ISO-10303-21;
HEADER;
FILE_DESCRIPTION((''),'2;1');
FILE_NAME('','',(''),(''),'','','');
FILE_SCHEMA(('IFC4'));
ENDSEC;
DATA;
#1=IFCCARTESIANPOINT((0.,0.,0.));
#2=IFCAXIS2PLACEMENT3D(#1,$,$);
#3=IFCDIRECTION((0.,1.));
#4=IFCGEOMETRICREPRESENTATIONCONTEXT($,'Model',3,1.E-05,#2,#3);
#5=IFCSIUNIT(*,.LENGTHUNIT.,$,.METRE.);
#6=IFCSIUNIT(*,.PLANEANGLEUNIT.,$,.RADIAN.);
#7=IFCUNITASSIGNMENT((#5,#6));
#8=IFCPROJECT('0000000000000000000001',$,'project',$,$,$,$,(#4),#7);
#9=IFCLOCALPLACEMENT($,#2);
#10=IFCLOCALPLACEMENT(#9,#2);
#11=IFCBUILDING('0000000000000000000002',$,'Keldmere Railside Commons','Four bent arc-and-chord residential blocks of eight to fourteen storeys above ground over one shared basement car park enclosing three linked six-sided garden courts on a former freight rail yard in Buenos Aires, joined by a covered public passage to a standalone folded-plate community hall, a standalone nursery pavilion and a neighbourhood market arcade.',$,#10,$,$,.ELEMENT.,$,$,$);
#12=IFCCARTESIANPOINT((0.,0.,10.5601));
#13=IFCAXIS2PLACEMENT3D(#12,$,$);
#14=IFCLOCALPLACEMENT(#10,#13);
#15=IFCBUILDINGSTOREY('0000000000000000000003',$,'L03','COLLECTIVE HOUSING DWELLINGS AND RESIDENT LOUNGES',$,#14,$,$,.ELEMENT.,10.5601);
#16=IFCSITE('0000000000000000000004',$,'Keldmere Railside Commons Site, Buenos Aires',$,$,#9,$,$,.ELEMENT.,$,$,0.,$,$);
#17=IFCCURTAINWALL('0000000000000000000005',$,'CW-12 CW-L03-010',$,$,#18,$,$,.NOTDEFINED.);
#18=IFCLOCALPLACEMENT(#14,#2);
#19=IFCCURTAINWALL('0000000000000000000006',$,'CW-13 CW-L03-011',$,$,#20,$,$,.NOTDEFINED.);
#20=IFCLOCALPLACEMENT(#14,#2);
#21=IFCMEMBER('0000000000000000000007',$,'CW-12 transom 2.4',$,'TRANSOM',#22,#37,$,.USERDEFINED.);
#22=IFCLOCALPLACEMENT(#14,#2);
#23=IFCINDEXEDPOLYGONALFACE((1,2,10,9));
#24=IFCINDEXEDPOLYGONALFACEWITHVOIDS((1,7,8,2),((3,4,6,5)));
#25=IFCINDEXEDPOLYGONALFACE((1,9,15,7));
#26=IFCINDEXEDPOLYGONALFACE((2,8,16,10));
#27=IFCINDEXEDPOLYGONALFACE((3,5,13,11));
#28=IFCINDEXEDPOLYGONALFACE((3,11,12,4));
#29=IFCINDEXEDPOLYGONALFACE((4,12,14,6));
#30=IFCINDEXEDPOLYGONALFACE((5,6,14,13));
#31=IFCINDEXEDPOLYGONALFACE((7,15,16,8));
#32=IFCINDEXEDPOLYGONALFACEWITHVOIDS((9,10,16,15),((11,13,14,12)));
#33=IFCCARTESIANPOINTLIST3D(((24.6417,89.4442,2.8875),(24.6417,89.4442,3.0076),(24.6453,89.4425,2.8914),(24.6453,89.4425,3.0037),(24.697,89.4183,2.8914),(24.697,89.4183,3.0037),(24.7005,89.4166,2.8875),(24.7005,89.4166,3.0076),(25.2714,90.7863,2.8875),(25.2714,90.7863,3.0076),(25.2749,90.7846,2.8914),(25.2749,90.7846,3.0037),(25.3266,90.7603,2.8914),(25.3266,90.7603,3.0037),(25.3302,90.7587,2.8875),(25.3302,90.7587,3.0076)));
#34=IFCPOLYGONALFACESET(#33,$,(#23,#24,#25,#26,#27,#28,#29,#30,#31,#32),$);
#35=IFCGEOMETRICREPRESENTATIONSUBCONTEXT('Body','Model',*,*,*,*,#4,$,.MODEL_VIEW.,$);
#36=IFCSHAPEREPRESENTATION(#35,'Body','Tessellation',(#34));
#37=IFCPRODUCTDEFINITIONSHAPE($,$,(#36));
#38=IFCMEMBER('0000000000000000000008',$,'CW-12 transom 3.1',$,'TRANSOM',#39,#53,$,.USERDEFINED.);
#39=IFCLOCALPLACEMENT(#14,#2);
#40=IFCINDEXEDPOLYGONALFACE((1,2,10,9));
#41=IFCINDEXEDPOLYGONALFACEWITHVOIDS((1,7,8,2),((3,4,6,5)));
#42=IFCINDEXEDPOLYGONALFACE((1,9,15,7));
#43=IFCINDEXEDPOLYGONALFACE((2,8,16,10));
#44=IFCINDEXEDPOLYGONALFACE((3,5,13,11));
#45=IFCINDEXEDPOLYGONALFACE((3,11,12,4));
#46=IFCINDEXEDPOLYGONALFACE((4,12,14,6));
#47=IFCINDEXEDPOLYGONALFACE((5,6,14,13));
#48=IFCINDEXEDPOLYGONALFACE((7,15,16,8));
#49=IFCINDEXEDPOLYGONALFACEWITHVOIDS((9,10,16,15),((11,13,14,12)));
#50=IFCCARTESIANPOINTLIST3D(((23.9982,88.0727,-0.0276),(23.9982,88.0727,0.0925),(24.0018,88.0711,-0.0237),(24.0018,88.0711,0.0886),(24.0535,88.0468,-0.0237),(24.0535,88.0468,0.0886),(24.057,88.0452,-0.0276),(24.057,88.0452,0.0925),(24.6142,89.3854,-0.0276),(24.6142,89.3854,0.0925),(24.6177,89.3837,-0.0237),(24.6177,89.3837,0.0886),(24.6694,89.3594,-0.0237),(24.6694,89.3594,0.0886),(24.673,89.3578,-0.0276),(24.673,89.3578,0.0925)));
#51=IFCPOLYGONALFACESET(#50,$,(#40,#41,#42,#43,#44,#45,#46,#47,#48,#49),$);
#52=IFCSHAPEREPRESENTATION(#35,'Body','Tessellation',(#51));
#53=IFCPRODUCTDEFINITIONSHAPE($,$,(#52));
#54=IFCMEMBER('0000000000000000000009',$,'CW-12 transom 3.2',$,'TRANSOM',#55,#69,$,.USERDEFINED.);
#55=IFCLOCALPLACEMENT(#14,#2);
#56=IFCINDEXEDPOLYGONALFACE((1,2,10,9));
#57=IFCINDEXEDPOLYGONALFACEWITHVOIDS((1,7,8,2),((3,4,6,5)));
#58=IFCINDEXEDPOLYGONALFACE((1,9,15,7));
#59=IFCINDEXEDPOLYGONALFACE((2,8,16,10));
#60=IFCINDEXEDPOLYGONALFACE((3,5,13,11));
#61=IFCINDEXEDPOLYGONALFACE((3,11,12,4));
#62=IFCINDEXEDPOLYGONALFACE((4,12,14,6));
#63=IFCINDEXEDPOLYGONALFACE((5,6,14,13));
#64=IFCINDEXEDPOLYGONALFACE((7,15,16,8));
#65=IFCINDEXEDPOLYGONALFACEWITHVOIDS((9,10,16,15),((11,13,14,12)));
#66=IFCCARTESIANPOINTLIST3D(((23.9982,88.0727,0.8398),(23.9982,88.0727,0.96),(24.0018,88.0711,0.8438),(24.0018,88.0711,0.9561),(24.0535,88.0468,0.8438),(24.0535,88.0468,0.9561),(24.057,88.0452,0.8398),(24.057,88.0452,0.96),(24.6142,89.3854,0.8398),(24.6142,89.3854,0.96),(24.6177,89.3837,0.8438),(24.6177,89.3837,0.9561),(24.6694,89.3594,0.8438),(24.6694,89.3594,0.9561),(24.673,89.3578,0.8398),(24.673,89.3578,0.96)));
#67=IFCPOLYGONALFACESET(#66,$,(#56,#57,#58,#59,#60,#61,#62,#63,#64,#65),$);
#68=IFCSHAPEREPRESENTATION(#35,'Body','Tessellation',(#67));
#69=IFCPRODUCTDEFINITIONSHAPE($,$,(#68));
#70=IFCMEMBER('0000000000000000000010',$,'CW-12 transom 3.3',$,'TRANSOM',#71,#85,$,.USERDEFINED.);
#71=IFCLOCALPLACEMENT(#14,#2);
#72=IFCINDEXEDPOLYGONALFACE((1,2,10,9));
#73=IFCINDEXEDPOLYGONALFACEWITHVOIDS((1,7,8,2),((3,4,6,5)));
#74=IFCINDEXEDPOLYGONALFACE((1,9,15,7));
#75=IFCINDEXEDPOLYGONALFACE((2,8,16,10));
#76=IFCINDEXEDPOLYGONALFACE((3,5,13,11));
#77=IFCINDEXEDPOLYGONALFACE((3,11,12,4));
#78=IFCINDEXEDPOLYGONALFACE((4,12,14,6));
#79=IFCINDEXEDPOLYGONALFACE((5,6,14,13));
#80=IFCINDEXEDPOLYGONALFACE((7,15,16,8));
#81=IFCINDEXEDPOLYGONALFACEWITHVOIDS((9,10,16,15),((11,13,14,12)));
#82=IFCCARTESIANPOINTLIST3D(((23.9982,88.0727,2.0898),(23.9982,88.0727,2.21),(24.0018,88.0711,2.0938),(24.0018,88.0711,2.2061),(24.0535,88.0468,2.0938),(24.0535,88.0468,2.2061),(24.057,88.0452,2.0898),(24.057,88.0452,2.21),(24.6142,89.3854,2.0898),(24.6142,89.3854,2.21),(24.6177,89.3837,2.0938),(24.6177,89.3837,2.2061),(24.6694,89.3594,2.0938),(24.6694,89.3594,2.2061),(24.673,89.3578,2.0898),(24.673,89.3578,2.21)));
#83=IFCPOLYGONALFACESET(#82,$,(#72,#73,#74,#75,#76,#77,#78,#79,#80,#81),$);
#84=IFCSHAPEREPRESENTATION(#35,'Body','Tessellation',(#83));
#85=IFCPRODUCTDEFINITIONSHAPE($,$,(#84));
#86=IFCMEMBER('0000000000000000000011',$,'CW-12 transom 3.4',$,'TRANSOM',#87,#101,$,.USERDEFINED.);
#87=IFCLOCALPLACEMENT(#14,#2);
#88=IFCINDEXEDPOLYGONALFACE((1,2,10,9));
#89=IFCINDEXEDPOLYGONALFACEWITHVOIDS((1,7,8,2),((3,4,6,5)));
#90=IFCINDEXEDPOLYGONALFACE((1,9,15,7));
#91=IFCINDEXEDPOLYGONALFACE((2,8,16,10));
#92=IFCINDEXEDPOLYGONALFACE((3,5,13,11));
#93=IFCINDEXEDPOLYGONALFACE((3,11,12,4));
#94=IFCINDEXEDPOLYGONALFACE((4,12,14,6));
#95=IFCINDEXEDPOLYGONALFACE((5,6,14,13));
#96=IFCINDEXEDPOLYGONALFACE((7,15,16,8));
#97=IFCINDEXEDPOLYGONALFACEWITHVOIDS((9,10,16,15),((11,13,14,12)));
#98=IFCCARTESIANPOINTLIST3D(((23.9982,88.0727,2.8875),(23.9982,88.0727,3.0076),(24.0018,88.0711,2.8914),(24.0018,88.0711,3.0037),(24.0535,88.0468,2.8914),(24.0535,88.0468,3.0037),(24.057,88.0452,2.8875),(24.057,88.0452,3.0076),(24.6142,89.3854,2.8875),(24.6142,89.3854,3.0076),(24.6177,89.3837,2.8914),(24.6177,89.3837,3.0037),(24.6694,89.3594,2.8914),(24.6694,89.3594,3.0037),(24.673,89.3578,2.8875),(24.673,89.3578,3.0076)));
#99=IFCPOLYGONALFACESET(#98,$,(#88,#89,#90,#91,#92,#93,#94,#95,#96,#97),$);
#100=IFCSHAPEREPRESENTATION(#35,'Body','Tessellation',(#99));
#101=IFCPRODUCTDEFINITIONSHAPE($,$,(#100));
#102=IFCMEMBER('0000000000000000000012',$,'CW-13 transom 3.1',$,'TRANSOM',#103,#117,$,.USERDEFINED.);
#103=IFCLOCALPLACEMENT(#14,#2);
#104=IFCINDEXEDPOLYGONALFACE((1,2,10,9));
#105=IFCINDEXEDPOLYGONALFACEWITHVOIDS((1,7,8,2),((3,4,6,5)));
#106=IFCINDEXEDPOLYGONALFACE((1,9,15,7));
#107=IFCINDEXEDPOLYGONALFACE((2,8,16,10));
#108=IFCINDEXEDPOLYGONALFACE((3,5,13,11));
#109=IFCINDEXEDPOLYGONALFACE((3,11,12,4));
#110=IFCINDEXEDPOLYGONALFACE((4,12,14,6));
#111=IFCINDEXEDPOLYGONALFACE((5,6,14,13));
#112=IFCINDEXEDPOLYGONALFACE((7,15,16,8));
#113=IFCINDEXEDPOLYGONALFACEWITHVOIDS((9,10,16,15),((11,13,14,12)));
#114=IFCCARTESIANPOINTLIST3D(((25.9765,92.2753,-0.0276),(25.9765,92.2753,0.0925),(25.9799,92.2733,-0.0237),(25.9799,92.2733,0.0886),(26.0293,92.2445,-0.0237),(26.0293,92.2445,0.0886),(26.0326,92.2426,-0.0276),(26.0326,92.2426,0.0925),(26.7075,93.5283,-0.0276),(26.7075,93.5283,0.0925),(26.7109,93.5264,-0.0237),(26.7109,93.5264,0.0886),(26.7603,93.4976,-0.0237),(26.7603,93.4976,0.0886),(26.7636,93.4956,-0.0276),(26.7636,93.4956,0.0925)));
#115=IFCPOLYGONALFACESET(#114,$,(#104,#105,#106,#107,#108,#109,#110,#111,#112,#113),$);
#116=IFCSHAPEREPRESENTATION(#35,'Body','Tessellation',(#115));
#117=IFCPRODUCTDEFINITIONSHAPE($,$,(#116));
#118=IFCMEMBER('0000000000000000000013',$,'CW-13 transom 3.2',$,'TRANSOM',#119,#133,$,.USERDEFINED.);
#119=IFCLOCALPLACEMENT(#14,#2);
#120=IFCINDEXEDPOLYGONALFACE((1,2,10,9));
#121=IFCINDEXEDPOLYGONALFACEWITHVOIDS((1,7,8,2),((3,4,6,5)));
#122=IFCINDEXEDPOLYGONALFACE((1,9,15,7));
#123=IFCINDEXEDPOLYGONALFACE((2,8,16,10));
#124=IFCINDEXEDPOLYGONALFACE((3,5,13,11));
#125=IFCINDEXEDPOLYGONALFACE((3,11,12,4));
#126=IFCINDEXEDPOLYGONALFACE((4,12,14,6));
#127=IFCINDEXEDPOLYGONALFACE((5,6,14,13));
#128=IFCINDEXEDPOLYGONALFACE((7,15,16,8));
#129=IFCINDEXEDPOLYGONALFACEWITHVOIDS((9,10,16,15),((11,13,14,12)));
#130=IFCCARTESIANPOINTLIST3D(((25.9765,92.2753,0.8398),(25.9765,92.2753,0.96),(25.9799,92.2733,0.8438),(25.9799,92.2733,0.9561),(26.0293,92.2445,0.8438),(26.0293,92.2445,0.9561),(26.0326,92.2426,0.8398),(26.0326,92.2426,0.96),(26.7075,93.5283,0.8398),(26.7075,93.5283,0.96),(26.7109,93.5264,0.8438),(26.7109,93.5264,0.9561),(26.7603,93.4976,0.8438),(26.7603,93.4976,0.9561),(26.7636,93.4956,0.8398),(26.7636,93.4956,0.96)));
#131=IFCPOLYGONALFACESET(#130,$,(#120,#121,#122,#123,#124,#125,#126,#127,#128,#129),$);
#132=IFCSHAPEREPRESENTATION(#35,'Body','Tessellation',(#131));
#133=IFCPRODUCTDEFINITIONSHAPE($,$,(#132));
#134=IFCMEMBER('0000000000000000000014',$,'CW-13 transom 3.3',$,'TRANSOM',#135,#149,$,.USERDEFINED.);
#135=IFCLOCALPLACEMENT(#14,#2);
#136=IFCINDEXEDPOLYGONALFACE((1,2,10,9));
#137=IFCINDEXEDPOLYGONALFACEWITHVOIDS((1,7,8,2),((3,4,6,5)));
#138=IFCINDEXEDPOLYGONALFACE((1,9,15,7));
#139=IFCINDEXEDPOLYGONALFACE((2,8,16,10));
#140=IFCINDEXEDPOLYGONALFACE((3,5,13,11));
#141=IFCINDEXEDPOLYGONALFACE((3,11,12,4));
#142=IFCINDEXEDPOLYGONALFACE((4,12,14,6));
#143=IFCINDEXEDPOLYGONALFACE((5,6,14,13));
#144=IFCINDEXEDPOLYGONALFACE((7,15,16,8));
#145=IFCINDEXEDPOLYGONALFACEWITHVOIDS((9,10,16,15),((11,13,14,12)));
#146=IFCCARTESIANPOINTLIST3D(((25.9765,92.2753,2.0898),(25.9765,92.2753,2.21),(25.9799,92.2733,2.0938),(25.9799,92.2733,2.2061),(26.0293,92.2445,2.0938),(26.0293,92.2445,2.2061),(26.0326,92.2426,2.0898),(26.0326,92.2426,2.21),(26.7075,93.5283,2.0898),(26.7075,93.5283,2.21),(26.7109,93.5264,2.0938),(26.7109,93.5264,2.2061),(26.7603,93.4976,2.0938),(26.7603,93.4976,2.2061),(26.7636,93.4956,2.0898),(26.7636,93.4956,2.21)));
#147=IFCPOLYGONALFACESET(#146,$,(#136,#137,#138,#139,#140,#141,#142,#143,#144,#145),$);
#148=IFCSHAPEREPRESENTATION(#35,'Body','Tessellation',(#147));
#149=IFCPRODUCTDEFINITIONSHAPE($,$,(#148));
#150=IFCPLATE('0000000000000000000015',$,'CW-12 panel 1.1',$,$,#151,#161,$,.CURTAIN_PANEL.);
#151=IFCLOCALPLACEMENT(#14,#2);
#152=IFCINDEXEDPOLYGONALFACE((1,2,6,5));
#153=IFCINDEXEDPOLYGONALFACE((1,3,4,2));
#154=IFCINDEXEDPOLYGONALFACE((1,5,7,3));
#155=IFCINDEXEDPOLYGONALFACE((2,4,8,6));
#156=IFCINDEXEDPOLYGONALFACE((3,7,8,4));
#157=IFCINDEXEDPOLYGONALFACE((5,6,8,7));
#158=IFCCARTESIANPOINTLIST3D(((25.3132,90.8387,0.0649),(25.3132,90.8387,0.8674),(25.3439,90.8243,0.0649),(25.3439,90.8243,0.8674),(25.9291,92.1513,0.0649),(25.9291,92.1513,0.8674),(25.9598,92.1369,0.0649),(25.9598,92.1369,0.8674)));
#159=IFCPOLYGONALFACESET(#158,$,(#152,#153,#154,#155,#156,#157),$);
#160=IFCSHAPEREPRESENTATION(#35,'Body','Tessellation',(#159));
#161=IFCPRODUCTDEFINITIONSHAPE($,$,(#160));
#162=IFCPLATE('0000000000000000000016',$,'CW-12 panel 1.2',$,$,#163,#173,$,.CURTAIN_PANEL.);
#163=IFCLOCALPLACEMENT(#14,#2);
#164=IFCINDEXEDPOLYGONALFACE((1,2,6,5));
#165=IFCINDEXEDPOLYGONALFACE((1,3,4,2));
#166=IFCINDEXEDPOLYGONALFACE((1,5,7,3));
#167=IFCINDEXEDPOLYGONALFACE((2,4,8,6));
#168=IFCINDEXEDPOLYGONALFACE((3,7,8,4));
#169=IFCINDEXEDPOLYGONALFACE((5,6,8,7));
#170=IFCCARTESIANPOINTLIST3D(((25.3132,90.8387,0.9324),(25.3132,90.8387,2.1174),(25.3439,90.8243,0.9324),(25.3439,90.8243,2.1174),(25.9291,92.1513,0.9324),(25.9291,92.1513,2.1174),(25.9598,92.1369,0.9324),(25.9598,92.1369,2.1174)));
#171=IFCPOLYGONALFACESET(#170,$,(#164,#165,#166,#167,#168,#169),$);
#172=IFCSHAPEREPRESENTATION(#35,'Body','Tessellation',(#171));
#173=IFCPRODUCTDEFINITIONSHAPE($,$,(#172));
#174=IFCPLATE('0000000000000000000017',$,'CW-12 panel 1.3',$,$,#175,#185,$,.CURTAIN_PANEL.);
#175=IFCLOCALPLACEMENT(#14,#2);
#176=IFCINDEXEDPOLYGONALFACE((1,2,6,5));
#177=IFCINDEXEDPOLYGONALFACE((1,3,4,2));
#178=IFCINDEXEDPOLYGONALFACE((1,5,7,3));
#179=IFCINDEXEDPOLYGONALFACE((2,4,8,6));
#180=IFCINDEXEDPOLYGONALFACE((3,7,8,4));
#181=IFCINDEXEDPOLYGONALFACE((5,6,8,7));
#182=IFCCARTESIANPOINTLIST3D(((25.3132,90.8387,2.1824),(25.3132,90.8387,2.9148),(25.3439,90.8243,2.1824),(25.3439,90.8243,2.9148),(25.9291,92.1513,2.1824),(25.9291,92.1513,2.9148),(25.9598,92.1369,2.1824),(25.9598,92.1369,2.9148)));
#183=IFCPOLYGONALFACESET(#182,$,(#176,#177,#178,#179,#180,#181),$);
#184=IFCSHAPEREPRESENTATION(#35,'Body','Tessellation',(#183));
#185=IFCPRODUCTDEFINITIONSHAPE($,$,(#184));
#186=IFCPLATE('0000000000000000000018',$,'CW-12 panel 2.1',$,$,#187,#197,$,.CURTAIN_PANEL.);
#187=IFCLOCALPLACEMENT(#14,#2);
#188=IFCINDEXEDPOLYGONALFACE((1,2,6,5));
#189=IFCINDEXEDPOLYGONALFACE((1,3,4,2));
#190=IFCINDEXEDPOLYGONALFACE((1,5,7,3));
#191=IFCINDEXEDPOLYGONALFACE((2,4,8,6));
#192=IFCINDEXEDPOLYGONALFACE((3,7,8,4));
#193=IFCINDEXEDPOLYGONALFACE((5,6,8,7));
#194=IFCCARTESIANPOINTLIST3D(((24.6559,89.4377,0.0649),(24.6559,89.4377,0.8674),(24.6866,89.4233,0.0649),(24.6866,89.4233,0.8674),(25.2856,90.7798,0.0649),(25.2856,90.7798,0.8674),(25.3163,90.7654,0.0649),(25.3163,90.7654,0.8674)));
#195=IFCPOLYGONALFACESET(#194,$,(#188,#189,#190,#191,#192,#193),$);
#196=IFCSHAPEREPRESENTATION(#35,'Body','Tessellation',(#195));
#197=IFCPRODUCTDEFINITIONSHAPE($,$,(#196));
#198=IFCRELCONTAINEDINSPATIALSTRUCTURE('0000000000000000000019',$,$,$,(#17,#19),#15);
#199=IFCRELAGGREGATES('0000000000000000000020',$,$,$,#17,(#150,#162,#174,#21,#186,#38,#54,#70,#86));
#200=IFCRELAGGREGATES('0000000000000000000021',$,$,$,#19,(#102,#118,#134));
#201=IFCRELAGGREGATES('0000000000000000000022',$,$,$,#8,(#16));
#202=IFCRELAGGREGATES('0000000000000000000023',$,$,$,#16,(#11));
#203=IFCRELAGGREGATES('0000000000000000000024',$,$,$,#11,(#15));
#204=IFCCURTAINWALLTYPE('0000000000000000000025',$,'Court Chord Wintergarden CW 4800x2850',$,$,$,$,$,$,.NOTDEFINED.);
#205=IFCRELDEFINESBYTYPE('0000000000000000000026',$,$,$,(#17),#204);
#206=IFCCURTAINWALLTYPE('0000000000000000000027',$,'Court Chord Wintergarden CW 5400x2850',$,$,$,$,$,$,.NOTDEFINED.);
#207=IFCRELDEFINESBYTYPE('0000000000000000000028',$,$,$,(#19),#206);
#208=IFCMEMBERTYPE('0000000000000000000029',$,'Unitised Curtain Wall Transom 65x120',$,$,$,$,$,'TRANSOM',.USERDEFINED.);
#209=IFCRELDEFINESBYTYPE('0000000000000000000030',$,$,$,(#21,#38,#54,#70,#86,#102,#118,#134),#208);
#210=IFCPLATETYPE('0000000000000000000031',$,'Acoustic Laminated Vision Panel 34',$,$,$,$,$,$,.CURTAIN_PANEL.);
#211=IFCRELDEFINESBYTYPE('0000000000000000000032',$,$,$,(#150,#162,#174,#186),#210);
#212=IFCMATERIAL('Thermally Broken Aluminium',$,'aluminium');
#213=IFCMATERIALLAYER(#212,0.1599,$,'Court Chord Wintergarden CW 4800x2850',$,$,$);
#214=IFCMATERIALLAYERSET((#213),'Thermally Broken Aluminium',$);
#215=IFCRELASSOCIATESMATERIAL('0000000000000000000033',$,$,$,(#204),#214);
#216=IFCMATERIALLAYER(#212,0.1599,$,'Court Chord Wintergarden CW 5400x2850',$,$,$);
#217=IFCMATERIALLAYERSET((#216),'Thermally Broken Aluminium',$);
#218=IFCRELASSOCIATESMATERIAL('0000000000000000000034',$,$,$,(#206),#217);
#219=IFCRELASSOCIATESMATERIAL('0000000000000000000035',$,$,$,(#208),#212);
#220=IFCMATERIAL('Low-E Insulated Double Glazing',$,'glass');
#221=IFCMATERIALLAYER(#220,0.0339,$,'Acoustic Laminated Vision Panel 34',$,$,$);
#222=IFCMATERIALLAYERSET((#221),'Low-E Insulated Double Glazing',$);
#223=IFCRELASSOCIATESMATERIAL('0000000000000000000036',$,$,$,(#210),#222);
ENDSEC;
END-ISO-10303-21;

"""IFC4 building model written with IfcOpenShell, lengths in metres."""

from ifc_helpers import new_model, si_unit, direction, frame, origin, origin_2d, place, context, subcontext, project, spatial, rectangle, hollow_rectangle, extrude, material, layer, layer_set, material_profile, profile_set, type_object, element, aggregate, save


model = new_model("IFC4")

# Units and contexts
model_context = context("Model", 3, precision=1e-05, world=origin(), true_north=direction((0.0, 1.0)))
body_context = subcontext(model_context, "Body", "Model", "MODEL_VIEW")
ifc_project = project(units=[si_unit("LENGTHUNIT", "METRE"), si_unit("PLANEANGLEUNIT", "RADIAN")], contexts=[model_context])

# Site, building, storey
site_placement = place(None, origin())
site = spatial("IfcSite", under=ifc_project, at=site_placement, Name="Keldmere Railside Commons Site, Buenos Aires", CompositionType="ELEMENT", RefElevation=0.0)
building_placement = place(site_placement, origin())
building = spatial("IfcBuilding", under=site, at=building_placement, Name="Keldmere Railside Commons", Description="Four bent arc-and-chord residential blocks of eight to fourteen storeys above ground over one shared basement car park enclosing three linked six-sided garden courts on a former freight rail yard in Buenos Aires, joined by a covered public passage to a standalone folded-plate community hall, a standalone nursery pavilion and a neighbourhood market arcade.", CompositionType="ELEMENT")
storey_placement = place(building_placement, frame((0.0, 0.0, 10.5601)))
storey = spatial("IfcBuildingStorey", under=building, at=storey_placement, Name="L03", Description="COLLECTIVE HOUSING DWELLINGS AND RESIDENT LOUNGES", CompositionType="ELEMENT", Elevation=10.5601)

# Curtain wall
ifc_material_1 = material(Name="Thermally Broken Aluminium", Category="aluminium")
ifc_layer_1 = layer(ifc_material_1, 0.1599, Name="Court Chord Wintergarden CW 4800x2850")
ifc_layer_set_1 = layer_set([ifc_layer_1], Name="Thermally Broken Aluminium")
curtain_wall_type_1 = type_object("IfcCurtainWallType", Name="Court Chord Wintergarden CW 4800x2850", PredefinedType="NOTDEFINED", material=ifc_layer_set_1)
curtain_wall_1_placement = place(storey_placement, origin())
curtain_wall_1 = element("IfcCurtainWall", 1, at=curtain_wall_1_placement, inside=storey, type_object=curtain_wall_type_1, Name="CW-12 CW-L03-010", PredefinedType="NOTDEFINED")

# Curtain wall
ifc_layer_2 = layer(ifc_material_1, 0.1599, Name="Court Chord Wintergarden CW 5400x2850")
ifc_layer_set_2 = layer_set([ifc_layer_2], Name="Thermally Broken Aluminium")
curtain_wall_type_2 = type_object("IfcCurtainWallType", Name="Court Chord Wintergarden CW 5400x2850", PredefinedType="NOTDEFINED", material=ifc_layer_set_2)
curtain_wall_2_placement = place(storey_placement, origin())
curtain_wall_2 = element("IfcCurtainWall", 2, at=curtain_wall_2_placement, inside=storey, type_object=curtain_wall_type_2, Name="CW-13 CW-L03-011", PredefinedType="NOTDEFINED")

# Members
ifc_material_profile_1 = material_profile(ifc_material_1, hollow_rectangle(XDim=0.0649, YDim=0.1201, WallThickness=0.0039, at=origin_2d()), Name="ALU-TRAN-65x120")
ifc_profile_set_1 = profile_set([ifc_material_profile_1], Name="Thermally Broken Aluminium")
member_type_1 = type_object("IfcMemberType", Name="Unitised Curtain Wall Transom 65x120", ElementType="TRANSOM", PredefinedType="USERDEFINED", material=ifc_profile_set_1)
member_1_placement = place(storey_placement, frame((25.3008, 90.7725, 2.9475), z_axis=(-0.424742, -0.905314, 0.0), x_axis=(0.905314, -0.424742, 0.0)))
member_1 = element("IfcMember", 3, at=member_1_placement, type_object=member_type_1, Name="CW-12 transom 2.4", ObjectType="TRANSOM", PredefinedType="USERDEFINED", context=body_context, shape_type="SweptSolid", body=[
    extrude(hollow_rectangle(XDim=0.0649, YDim=0.1201, WallThickness=0.0039, at=origin_2d()), origin(), (0.0, 0.0, 1.0), 1.4824),
])
member_2_placement = place(storey_placement, frame((24.6436, 89.3716, 0.0325), z_axis=(-0.424783, -0.905295, 0.0), x_axis=(0.905295, -0.424783, 0.0)))
member_2 = element("IfcMember", 4, at=member_2_placement, type_object=member_type_1, Name="CW-12 transom 3.1", ObjectType="TRANSOM", PredefinedType="USERDEFINED", context=body_context, shape_type="SweptSolid", body=[
    extrude(hollow_rectangle(XDim=0.0649, YDim=0.1201, WallThickness=0.0039, at=origin_2d()), origin(), (0.0, 0.0, 1.0), 1.45),
])
member_3_placement = place(storey_placement, frame((24.6436, 89.3716, 0.8999), z_axis=(-0.424783, -0.905295, 0.0), x_axis=(0.905295, -0.424783, 0.0)))
member_3 = element("IfcMember", 5, at=member_3_placement, type_object=member_type_1, Name="CW-12 transom 3.2", ObjectType="TRANSOM", PredefinedType="USERDEFINED", context=body_context, shape_type="SweptSolid", body=[
    extrude(hollow_rectangle(XDim=0.0649, YDim=0.1201, WallThickness=0.0039, at=origin_2d()), origin(), (0.0, 0.0, 1.0), 1.45),
])
member_4_placement = place(storey_placement, frame((24.6436, 89.3716, 2.1499), z_axis=(-0.424783, -0.905295, 0.0), x_axis=(0.905295, -0.424783, 0.0)))
member_4 = element("IfcMember", 6, at=member_4_placement, type_object=member_type_1, Name="CW-12 transom 3.3", ObjectType="TRANSOM", PredefinedType="USERDEFINED", context=body_context, shape_type="SweptSolid", body=[
    extrude(hollow_rectangle(XDim=0.0649, YDim=0.1201, WallThickness=0.0039, at=origin_2d()), origin(), (0.0, 0.0, 1.0), 1.45),
])
member_5_placement = place(storey_placement, frame((24.6436, 89.3716, 2.9475), z_axis=(-0.424783, -0.905295, 0.0), x_axis=(0.905295, -0.424783, 0.0)))
member_5 = element("IfcMember", 7, at=member_5_placement, type_object=member_type_1, Name="CW-12 transom 3.4", ObjectType="TRANSOM", PredefinedType="USERDEFINED", context=body_context, shape_type="SweptSolid", body=[
    extrude(hollow_rectangle(XDim=0.0649, YDim=0.1201, WallThickness=0.0039, at=origin_2d()), origin(), (0.0, 0.0, 1.0), 1.45),
])
member_6_placement = place(storey_placement, frame((26.7356, 93.512, 0.0325), z_axis=(-0.503913, -0.863754, 0.0), x_axis=(0.863754, -0.503913, 0.0)))
member_6 = element("IfcMember", 8, at=member_6_placement, type_object=member_type_1, Name="CW-13 transom 3.1", ObjectType="TRANSOM", PredefinedType="USERDEFINED", context=body_context, shape_type="SweptSolid", body=[
    extrude(hollow_rectangle(XDim=0.0649, YDim=0.1201, WallThickness=0.0039, at=origin_2d()), origin(), (0.0, 0.0, 1.0), 1.4507),
])
member_7_placement = place(storey_placement, frame((26.7356, 93.512, 0.8999), z_axis=(-0.503913, -0.863754, 0.0), x_axis=(0.863754, -0.503913, 0.0)))
member_7 = element("IfcMember", 9, at=member_7_placement, type_object=member_type_1, Name="CW-13 transom 3.2", ObjectType="TRANSOM", PredefinedType="USERDEFINED", context=body_context, shape_type="SweptSolid", body=[
    extrude(hollow_rectangle(XDim=0.0649, YDim=0.1201, WallThickness=0.0039, at=origin_2d()), origin(), (0.0, 0.0, 1.0), 1.4507),
])
member_8_placement = place(storey_placement, frame((26.7356, 93.512, 2.1499), z_axis=(-0.503913, -0.863754, 0.0), x_axis=(0.863754, -0.503913, 0.0)))
member_8 = element("IfcMember", 10, at=member_8_placement, type_object=member_type_1, Name="CW-13 transom 3.3", ObjectType="TRANSOM", PredefinedType="USERDEFINED", context=body_context, shape_type="SweptSolid", body=[
    extrude(hollow_rectangle(XDim=0.0649, YDim=0.1201, WallThickness=0.0039, at=origin_2d()), origin(), (0.0, 0.0, 1.0), 1.4507),
])

# Plates
ifc_material_2 = material(Name="Low-E Insulated Double Glazing", Category="glass")
ifc_layer_3 = layer(ifc_material_2, 0.0339, Name="Acoustic Laminated Vision Panel 34")
ifc_layer_set_3 = layer_set([ifc_layer_3], Name="Low-E Insulated Double Glazing")
plate_type_1 = type_object("IfcPlateType", Name="Acoustic Laminated Vision Panel 34", PredefinedType="CURTAIN_PANEL", material=ifc_layer_set_3)
plate_1_placement = place(storey_placement, frame((25.6365, 91.4878, 0.0649), z_axis=(0.0, 0.0, 1.0), x_axis=(-0.424759, -0.905306, 0.0)))
plate_1 = element("IfcPlate", 11, at=plate_1_placement, type_object=plate_type_1, Name="CW-12 panel 1.1", PredefinedType="CURTAIN_PANEL", context=body_context, shape_type="SweptSolid", body=[
    extrude(rectangle(XDim=1.45, YDim=0.0339, at=origin_2d()), origin(), (0.0, 0.0, 1.0), 0.8025),
])
plate_2_placement = place(storey_placement, frame((25.6365, 91.4878, 0.9324), z_axis=(0.0, 0.0, 1.0), x_axis=(-0.424759, -0.905306, 0.0)))
plate_2 = element("IfcPlate", 12, at=plate_2_placement, type_object=plate_type_1, Name="CW-12 panel 1.2", PredefinedType="CURTAIN_PANEL", context=body_context, shape_type="SweptSolid", body=[
    extrude(rectangle(XDim=1.45, YDim=0.0339, at=origin_2d()), origin(), (0.0, 0.0, 1.0), 1.1851),
])
plate_3_placement = place(storey_placement, frame((25.6365, 91.4878, 2.1824), z_axis=(0.0, 0.0, 1.0), x_axis=(-0.424759, -0.905306, 0.0)))
plate_3 = element("IfcPlate", 13, at=plate_3_placement, type_object=plate_type_1, Name="CW-12 panel 1.3", PredefinedType="CURTAIN_PANEL", context=body_context, shape_type="SweptSolid", body=[
    extrude(rectangle(XDim=1.45, YDim=0.0339, at=origin_2d()), origin(), (0.0, 0.0, 1.0), 0.7324),
])
plate_4_placement = place(storey_placement, frame((24.9861, 90.1016, 0.0649), z_axis=(0.0, 0.0, 1.0), x_axis=(-0.424759, -0.905306, 0.0)))
plate_4 = element("IfcPlate", 14, at=plate_4_placement, type_object=plate_type_1, Name="CW-12 panel 2.1", PredefinedType="CURTAIN_PANEL", context=body_context, shape_type="SweptSolid", body=[
    extrude(rectangle(XDim=1.4824, YDim=0.0339, at=origin_2d()), origin(), (0.0, 0.0, 1.0), 0.8025),
])
aggregate(curtain_wall_1, [plate_1, plate_2, plate_3, member_1, plate_4, member_2, member_3, member_4, member_5])
aggregate(curtain_wall_2, [member_6, member_7, member_8])

save(model, "model.ifc")
